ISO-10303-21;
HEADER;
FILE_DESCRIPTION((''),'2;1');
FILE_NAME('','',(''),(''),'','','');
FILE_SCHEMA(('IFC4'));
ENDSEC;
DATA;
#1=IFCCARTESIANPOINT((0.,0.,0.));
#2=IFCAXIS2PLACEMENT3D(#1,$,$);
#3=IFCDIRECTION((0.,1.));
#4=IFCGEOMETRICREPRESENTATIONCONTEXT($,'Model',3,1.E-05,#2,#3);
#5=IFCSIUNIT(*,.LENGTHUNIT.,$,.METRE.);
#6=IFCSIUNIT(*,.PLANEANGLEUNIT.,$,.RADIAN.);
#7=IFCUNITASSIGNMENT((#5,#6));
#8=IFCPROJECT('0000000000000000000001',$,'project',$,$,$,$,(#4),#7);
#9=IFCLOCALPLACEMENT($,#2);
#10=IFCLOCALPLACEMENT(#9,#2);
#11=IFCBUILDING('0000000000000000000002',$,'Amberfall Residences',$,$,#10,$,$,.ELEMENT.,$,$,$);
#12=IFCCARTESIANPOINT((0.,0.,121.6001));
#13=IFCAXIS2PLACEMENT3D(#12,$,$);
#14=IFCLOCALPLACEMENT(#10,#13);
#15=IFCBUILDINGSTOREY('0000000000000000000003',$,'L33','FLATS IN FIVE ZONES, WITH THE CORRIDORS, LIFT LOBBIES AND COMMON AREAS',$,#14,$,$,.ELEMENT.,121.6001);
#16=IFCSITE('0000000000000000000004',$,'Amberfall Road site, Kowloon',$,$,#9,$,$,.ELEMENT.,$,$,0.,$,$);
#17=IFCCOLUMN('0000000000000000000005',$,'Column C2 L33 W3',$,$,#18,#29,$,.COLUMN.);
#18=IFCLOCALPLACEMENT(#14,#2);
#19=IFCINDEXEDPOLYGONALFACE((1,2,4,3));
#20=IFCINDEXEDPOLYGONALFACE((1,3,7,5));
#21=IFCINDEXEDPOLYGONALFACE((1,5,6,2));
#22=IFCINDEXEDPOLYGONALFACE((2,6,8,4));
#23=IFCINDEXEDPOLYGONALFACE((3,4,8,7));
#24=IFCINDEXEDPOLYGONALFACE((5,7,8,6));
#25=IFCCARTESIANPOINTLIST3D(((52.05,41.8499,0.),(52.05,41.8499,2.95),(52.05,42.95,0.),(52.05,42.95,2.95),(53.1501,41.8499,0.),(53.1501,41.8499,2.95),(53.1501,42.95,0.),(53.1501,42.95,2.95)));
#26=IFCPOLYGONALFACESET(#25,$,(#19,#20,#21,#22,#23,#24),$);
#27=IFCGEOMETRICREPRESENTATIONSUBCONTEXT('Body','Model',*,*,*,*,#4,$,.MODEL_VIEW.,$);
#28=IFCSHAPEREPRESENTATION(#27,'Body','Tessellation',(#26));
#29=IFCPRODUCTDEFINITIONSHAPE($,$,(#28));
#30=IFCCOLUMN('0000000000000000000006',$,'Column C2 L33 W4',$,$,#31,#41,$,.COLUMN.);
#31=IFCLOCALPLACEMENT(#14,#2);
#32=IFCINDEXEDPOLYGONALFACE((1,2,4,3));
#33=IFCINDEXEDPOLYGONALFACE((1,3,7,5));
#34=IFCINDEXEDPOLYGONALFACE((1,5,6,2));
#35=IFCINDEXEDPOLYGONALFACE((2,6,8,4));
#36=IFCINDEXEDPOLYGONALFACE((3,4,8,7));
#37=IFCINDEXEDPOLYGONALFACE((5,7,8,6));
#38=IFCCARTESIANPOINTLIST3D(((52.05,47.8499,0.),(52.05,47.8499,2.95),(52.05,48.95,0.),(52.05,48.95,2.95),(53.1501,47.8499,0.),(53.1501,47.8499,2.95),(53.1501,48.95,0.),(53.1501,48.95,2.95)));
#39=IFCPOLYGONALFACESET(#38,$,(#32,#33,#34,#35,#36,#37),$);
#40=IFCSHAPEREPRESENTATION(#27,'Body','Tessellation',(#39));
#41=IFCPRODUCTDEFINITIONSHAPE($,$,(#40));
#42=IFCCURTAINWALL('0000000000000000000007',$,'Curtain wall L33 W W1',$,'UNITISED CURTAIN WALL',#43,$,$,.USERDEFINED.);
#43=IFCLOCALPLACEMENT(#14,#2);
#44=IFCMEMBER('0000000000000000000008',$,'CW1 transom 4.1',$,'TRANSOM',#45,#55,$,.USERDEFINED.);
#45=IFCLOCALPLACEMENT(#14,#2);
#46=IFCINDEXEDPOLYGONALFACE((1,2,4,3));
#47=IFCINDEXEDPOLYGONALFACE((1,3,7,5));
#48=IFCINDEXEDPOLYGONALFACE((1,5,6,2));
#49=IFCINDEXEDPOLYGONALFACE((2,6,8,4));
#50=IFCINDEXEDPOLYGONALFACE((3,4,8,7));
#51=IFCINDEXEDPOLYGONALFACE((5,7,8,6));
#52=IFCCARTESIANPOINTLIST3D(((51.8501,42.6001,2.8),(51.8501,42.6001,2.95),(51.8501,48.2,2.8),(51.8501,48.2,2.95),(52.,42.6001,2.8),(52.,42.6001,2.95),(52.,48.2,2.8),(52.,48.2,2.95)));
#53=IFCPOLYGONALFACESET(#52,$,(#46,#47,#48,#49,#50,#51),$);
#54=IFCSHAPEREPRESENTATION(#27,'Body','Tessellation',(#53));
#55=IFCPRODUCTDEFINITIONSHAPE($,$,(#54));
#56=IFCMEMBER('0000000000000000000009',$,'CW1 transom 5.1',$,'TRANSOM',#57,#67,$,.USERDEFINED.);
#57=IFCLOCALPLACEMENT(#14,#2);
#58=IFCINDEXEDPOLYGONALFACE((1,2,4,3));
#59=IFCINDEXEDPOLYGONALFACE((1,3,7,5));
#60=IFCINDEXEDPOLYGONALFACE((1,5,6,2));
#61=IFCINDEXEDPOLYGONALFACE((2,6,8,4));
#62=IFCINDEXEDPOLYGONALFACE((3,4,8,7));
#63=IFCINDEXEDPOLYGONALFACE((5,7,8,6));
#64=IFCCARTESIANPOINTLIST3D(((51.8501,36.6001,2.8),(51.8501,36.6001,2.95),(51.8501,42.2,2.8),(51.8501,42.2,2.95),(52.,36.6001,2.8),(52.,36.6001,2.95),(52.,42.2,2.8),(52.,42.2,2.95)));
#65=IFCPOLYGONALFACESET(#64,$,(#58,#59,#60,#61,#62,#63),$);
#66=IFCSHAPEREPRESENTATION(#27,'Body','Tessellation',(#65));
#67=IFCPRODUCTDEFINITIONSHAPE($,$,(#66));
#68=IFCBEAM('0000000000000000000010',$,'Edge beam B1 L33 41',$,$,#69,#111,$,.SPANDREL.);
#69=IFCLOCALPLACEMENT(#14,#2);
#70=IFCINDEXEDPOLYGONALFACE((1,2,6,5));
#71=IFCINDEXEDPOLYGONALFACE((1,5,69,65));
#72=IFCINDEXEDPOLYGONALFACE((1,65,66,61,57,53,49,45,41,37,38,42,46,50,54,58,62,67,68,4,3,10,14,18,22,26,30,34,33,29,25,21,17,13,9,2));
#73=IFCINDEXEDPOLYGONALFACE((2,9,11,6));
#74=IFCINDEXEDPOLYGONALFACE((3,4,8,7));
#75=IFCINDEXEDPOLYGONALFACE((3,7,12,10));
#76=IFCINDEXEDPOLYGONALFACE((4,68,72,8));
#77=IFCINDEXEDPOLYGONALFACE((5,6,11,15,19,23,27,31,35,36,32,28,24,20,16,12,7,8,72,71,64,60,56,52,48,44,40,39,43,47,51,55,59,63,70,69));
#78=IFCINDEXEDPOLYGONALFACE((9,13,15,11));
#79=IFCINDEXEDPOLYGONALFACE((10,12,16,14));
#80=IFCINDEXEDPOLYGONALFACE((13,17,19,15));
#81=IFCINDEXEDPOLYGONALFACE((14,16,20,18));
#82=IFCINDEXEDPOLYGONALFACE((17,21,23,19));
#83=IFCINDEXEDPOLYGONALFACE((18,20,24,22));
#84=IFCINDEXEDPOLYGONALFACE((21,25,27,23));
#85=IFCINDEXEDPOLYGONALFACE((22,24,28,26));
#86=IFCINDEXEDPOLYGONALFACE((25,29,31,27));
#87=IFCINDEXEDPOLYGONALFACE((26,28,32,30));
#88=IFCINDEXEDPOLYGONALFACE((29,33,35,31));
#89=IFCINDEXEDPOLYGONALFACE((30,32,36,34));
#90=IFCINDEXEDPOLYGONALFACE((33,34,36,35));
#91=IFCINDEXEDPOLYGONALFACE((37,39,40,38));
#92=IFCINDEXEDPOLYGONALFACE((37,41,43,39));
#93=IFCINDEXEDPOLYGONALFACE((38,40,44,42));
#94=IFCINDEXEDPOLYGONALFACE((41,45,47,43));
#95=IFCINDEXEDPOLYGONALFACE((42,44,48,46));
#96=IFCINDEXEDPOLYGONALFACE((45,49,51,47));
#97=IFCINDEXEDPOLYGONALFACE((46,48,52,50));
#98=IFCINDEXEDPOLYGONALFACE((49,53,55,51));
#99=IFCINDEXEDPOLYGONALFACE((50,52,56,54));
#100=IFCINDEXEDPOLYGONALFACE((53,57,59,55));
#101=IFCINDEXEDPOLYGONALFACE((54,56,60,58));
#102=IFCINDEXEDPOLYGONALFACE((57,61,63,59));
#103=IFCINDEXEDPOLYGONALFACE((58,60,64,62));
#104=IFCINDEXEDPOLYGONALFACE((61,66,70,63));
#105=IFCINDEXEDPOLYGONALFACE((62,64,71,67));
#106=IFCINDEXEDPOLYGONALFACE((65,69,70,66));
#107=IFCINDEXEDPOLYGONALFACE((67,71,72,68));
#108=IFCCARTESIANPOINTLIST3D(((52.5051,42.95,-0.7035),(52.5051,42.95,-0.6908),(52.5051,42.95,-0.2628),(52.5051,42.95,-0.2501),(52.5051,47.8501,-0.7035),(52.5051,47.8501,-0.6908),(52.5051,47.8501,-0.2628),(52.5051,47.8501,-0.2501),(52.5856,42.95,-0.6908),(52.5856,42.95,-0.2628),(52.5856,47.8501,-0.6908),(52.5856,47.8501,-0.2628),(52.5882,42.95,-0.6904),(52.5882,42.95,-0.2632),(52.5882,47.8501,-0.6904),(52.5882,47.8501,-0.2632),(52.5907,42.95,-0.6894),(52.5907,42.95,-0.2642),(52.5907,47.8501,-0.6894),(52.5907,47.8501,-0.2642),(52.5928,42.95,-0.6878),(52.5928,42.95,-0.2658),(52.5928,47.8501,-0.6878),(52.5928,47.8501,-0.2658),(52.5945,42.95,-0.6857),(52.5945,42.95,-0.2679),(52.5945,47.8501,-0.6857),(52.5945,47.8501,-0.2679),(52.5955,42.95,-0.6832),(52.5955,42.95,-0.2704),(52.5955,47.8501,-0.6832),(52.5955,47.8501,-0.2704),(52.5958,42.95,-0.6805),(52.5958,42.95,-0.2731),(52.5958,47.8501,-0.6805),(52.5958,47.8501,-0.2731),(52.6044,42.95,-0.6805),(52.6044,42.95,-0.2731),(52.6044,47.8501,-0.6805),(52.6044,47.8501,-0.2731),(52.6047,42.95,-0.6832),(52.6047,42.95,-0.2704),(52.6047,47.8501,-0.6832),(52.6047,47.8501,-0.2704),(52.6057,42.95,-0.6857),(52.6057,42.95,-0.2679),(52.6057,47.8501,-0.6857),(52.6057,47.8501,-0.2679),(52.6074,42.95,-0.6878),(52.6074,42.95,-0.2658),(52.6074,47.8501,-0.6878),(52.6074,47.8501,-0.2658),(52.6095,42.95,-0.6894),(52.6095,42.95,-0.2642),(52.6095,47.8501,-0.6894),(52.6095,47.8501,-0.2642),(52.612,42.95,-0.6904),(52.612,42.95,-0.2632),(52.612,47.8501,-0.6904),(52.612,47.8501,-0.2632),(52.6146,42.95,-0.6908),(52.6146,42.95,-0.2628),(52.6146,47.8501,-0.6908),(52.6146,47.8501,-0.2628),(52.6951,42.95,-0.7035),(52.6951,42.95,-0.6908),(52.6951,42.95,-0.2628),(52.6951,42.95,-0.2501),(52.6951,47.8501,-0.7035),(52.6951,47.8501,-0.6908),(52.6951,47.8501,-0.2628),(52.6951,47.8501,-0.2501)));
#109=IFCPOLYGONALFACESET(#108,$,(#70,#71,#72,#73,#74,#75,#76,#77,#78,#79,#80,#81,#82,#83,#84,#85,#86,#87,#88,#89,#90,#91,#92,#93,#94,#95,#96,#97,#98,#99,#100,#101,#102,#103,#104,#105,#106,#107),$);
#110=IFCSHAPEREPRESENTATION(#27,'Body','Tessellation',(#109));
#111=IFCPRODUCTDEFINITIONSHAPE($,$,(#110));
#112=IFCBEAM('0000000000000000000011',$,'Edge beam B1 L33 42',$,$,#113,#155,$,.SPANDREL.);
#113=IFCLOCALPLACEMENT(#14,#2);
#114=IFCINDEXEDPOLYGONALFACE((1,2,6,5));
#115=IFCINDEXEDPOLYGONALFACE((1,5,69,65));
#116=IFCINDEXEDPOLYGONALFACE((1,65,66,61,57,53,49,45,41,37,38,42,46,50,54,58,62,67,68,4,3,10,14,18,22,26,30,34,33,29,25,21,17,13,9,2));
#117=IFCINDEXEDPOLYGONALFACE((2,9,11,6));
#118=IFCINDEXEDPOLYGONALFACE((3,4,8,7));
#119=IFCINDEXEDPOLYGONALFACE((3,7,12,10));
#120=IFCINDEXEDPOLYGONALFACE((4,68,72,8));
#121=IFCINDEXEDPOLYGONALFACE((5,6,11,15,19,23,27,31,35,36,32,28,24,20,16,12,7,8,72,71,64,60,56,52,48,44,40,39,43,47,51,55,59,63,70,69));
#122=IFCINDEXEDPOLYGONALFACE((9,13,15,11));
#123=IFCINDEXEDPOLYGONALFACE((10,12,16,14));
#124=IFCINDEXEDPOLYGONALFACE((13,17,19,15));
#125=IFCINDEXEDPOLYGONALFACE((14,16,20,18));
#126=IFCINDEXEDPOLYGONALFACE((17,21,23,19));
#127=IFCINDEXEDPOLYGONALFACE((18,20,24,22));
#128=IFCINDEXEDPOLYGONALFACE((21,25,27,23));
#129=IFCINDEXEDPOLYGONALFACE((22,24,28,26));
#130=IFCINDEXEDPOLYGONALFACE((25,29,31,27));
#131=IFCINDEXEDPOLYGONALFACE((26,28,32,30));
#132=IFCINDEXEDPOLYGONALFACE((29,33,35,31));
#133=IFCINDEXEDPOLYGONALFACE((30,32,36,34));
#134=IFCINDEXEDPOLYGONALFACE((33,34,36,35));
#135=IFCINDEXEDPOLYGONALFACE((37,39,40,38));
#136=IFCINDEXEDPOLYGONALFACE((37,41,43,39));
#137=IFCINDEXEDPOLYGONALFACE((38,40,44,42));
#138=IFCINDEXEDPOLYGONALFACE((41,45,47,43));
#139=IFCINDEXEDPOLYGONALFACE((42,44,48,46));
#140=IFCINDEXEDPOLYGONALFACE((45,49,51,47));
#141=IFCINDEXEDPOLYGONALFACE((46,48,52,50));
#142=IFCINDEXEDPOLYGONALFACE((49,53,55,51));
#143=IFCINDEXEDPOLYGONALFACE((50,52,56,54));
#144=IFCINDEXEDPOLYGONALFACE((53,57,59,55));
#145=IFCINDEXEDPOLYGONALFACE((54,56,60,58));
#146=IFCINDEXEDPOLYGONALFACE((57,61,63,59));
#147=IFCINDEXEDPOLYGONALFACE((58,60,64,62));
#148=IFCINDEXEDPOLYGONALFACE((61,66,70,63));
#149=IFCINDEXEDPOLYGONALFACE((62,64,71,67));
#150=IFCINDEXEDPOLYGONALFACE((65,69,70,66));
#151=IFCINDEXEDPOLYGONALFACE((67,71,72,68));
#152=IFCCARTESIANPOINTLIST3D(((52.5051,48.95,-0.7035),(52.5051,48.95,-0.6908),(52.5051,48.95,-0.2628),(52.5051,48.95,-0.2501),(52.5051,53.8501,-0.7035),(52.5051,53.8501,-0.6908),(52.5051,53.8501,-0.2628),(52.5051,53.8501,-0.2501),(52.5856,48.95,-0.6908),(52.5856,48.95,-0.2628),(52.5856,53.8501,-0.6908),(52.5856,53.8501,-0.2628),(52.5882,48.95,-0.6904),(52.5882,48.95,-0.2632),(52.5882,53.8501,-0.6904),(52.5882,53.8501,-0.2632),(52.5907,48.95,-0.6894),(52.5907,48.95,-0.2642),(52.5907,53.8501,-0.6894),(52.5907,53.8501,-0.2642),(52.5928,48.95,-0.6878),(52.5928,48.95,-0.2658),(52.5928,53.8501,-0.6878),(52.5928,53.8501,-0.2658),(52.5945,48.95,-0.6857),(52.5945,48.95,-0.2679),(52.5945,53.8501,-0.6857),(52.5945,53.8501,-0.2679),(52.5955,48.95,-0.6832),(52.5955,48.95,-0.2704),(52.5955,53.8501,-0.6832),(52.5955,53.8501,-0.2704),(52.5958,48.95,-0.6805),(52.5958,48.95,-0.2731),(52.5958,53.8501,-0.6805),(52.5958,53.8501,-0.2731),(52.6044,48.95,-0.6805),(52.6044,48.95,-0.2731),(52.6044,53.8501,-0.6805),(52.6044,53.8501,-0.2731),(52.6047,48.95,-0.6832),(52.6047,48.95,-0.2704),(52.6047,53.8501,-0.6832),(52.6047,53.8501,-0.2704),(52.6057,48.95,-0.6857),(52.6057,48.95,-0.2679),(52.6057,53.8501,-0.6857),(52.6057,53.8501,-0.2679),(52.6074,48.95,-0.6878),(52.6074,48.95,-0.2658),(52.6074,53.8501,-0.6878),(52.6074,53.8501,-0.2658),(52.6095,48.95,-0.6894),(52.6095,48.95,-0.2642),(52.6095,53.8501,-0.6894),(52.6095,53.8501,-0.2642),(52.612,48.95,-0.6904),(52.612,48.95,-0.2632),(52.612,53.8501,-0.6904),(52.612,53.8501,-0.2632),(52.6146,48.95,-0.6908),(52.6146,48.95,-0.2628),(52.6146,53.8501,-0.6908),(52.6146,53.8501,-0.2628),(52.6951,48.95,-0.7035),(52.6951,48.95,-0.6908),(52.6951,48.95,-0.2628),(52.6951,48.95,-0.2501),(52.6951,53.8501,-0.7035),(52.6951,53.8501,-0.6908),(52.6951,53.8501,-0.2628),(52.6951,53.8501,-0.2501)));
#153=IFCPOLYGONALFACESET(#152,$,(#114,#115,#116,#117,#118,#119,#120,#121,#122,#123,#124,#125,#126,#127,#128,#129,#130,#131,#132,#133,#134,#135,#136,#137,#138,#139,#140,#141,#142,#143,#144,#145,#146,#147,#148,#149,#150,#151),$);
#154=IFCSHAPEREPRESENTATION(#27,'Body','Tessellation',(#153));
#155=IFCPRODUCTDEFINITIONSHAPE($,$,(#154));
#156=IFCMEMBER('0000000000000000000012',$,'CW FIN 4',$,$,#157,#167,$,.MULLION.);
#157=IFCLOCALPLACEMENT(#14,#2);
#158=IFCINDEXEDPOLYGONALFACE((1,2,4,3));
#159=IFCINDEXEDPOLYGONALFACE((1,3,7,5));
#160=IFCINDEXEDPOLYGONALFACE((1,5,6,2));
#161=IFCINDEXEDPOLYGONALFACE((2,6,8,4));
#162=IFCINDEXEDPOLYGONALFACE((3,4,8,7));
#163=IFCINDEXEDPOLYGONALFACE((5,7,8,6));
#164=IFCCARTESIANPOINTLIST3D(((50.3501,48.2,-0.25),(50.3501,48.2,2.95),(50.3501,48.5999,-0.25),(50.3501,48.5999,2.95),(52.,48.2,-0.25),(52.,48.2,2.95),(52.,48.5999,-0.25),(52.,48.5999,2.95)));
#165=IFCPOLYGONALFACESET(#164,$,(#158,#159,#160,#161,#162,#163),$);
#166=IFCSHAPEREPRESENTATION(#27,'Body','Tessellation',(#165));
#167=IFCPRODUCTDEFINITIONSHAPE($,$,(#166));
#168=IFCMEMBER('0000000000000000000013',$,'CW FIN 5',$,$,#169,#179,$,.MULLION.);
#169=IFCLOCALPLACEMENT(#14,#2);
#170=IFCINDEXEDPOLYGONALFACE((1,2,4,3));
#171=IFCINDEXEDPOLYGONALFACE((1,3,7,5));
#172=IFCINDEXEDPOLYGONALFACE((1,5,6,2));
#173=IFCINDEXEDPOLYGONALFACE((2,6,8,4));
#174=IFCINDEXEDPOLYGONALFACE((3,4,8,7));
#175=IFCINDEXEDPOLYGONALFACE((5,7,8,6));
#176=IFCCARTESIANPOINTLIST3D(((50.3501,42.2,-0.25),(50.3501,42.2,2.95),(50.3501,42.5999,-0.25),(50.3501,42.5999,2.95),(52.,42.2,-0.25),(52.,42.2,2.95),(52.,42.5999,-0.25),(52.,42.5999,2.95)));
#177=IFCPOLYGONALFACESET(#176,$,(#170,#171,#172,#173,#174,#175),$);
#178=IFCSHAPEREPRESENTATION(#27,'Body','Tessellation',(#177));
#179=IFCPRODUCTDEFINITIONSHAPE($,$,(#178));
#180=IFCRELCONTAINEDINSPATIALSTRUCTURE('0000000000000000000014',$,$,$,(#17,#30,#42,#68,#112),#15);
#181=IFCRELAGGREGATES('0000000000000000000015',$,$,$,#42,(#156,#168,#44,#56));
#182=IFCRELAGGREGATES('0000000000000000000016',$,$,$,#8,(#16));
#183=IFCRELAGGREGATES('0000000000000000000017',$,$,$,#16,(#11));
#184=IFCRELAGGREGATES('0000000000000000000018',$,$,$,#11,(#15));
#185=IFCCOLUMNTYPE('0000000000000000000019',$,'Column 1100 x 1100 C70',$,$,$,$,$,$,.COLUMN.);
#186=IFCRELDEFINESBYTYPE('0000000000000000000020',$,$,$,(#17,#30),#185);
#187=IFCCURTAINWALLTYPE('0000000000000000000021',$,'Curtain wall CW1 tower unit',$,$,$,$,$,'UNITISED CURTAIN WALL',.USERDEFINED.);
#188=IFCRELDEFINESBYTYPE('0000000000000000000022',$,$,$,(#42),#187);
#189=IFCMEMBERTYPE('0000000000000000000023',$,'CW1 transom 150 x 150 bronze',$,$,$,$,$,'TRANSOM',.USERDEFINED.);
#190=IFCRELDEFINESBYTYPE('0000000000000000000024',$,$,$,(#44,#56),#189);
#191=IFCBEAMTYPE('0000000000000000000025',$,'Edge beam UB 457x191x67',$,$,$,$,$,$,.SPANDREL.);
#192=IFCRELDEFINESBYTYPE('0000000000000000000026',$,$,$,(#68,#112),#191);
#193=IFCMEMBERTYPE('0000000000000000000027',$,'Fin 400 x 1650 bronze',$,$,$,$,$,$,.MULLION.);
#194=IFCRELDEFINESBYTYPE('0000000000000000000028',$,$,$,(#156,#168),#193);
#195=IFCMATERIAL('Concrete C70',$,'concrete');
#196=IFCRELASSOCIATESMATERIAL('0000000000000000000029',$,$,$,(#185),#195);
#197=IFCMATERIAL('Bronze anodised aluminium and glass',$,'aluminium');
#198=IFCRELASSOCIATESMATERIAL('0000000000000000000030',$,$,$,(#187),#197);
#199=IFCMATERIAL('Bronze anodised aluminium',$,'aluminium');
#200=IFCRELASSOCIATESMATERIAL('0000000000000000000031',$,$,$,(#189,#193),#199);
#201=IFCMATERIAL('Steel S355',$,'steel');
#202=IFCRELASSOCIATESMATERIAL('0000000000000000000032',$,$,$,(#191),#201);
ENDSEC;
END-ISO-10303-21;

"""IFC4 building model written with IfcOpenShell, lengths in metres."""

from ifc_helpers import new_model, si_unit, direction, frame, origin, origin_2d, place, context, subcontext, project, spatial, rectangle, i_section, extrude, material, material_profile, profile_set, type_object, element, aggregate, save


model = new_model("IFC4")

# Units and contexts
model_context = context("Model", 3, precision=1e-05, world=origin(), true_north=direction((0.0, 1.0)))
body_context = subcontext(model_context, "Body", "Model", "MODEL_VIEW")
ifc_project = project(units=[si_unit("LENGTHUNIT", "METRE"), si_unit("PLANEANGLEUNIT", "RADIAN")], contexts=[model_context])

# Site, building, storey
site_placement = place(None, origin())
site = spatial("IfcSite", under=ifc_project, at=site_placement, Name="Amberfall Road site, Kowloon", CompositionType="ELEMENT", RefElevation=0.0)
building_placement = place(site_placement, origin())
building = spatial("IfcBuilding", under=site, at=building_placement, Name="Amberfall Residences", CompositionType="ELEMENT")
storey_placement = place(building_placement, frame((0.0, 0.0, 121.6001)))
storey = spatial("IfcBuildingStorey", under=building, at=storey_placement, Name="L33", Description="FLATS IN FIVE ZONES, WITH THE CORRIDORS, LIFT LOBBIES AND COMMON AREAS", CompositionType="ELEMENT", Elevation=121.6001)

# Columns
ifc_material_1 = material(Name="Concrete C70", Category="concrete")
ifc_material_profile_1 = material_profile(ifc_material_1, rectangle(XDim=1.1001, YDim=1.1001, at=origin_2d()), Name="Column 1100 x 1100 C70")
ifc_profile_set_1 = profile_set([ifc_material_profile_1], Name="Concrete C70")
column_type = type_object("IfcColumnType", Name="Column 1100 x 1100 C70", PredefinedType="COLUMN", material=ifc_profile_set_1)
for number, where, z_axis, x_axis, name in (
    (1, (52.6001, 42.3999, 0.0), (0.0, 0.0, 1.0), (1.0, 0.0, 0.0), "Column C2 L33 W3"),
    (2, (52.6001, 48.3999, 0.0), (0.0, 0.0, 1.0), (1.0, 0.0, 0.0), "Column C2 L33 W4"),
):
    element("IfcColumn", number, at=place(storey_placement, frame(where, z_axis=z_axis, x_axis=x_axis)), inside=storey, type_object=column_type, Name=name, PredefinedType="COLUMN", context=body_context, shape_type="SweptSolid", body=[
        extrude(rectangle(XDim=1.1001, YDim=1.1001, at=origin_2d()), origin(), (0.0, 0.0, 1.0), 2.95),
    ])

# Curtain wall, members
ifc_material_2 = material(Name="Bronze anodised aluminium and glass", Category="aluminium")
curtain_wall_type = type_object("IfcCurtainWallType", Name="Curtain wall CW1 tower unit", ElementType="UNITISED CURTAIN WALL", PredefinedType="USERDEFINED", material=ifc_material_2)
curtain_wall_placement = place(storey_placement, origin())
curtain_wall = element("IfcCurtainWall", 3, at=curtain_wall_placement, inside=storey, type_object=curtain_wall_type, Name="Curtain wall L33 W W1", ObjectType="UNITISED CURTAIN WALL", PredefinedType="USERDEFINED")
ifc_material_3 = material(Name="Bronze anodised aluminium", Category="aluminium")
ifc_material_profile_2 = material_profile(ifc_material_3, rectangle(XDim=0.1499, YDim=0.1499, at=origin_2d()), Name="CW1 transom 150 x 150 bronze")
ifc_profile_set_2 = profile_set([ifc_material_profile_2], Name="Bronze anodised aluminium")
member_type_1 = type_object("IfcMemberType", Name="CW1 transom 150 x 150 bronze", ElementType="TRANSOM", PredefinedType="USERDEFINED", material=ifc_profile_set_2)
member_1_placement = place(storey_placement, frame((51.925, 48.2, 2.875), z_axis=(0.0, -1.0, 0.0), x_axis=(1.0, 0.0, 0.0)))
member_1 = element("IfcMember", 4, at=member_1_placement, type_object=member_type_1, Name="CW1 transom 4.1", ObjectType="TRANSOM", PredefinedType="USERDEFINED", context=body_context, shape_type="SweptSolid", body=[
    extrude(rectangle(XDim=0.1499, YDim=0.1499, at=origin_2d()), origin(), (0.0, 0.0, 1.0), 5.5999),
])
member_2_placement = place(storey_placement, frame((51.925, 42.2, 2.875), z_axis=(0.0, -1.0, 0.0), x_axis=(1.0, 0.0, 0.0)))
member_2 = element("IfcMember", 5, at=member_2_placement, type_object=member_type_1, Name="CW1 transom 5.1", ObjectType="TRANSOM", PredefinedType="USERDEFINED", context=body_context, shape_type="SweptSolid", body=[
    extrude(rectangle(XDim=0.1499, YDim=0.1499, at=origin_2d()), origin(), (0.0, 0.0, 1.0), 5.5999),
])

# Beams
ifc_material_4 = material(Name="Steel S355", Category="steel")
ifc_material_profile_3 = material_profile(ifc_material_4, i_section(OverallWidth=0.1899, OverallDepth=0.4534, WebThickness=0.0085, FlangeThickness=0.0127, FilletRadius=0.0103, at=origin_2d()), Name="UB 457x191x67")
ifc_profile_set_3 = profile_set([ifc_material_profile_3], Name="Steel S355")
beam_type_1 = type_object("IfcBeamType", Name="Edge beam UB 457x191x67", PredefinedType="SPANDREL", material=ifc_profile_set_3)
for number, where, z_axis, x_axis, name in (
    (6, (52.6001, 42.95, -0.4768), (0.0, 1.0, 0.0), (-1.0, 0.0, 0.0), "Edge beam B1 L33 41"),
    (7, (52.6001, 48.95, -0.4768), (0.0, 1.0, 0.0), (-1.0, 0.0, 0.0), "Edge beam B1 L33 42"),
):
    element("IfcBeam", number, at=place(storey_placement, frame(where, z_axis=z_axis, x_axis=x_axis)), inside=storey, type_object=beam_type_1, Name=name, PredefinedType="SPANDREL", context=body_context, shape_type="SweptSolid", body=[
        extrude(i_section(OverallWidth=0.1899, OverallDepth=0.4534, WebThickness=0.0085, FlangeThickness=0.0127, FilletRadius=0.0103, at=origin_2d()), origin(), (0.0, 0.0, 1.0), 4.9001),
    ])

# Members
ifc_material_profile_4 = material_profile(ifc_material_3, rectangle(XDim=1.6499, YDim=0.3999, at=origin_2d()), Name="Fin 400 x 1650 bronze")
ifc_profile_set_4 = profile_set([ifc_material_profile_4], Name="Bronze anodised aluminium")
member_type_2 = type_object("IfcMemberType", Name="Fin 400 x 1650 bronze", PredefinedType="MULLION", material=ifc_profile_set_4)
member_3_placement = place(storey_placement, frame((51.175, 48.3999, -0.25), z_axis=(0.0, 0.0, 1.0), x_axis=(1.0, 0.0, 0.0)))
member_3 = element("IfcMember", 8, at=member_3_placement, type_object=member_type_2, Name="CW FIN 4", PredefinedType="MULLION", context=body_context, shape_type="SweptSolid", body=[
    extrude(rectangle(XDim=1.6499, YDim=0.3999, at=origin_2d()), origin(), (0.0, 0.0, 1.0), 3.2),
])
member_4_placement = place(storey_placement, frame((51.175, 42.3999, -0.25), z_axis=(0.0, 0.0, 1.0), x_axis=(1.0, 0.0, 0.0)))
member_4 = element("IfcMember", 9, at=member_4_placement, type_object=member_type_2, Name="CW FIN 5", PredefinedType="MULLION", context=body_context, shape_type="SweptSolid", body=[
    extrude(rectangle(XDim=1.6499, YDim=0.3999, at=origin_2d()), origin(), (0.0, 0.0, 1.0), 3.2),
])

aggregate(curtain_wall, [member_3, member_4, member_1, member_2])

save(model, "model.ifc")
